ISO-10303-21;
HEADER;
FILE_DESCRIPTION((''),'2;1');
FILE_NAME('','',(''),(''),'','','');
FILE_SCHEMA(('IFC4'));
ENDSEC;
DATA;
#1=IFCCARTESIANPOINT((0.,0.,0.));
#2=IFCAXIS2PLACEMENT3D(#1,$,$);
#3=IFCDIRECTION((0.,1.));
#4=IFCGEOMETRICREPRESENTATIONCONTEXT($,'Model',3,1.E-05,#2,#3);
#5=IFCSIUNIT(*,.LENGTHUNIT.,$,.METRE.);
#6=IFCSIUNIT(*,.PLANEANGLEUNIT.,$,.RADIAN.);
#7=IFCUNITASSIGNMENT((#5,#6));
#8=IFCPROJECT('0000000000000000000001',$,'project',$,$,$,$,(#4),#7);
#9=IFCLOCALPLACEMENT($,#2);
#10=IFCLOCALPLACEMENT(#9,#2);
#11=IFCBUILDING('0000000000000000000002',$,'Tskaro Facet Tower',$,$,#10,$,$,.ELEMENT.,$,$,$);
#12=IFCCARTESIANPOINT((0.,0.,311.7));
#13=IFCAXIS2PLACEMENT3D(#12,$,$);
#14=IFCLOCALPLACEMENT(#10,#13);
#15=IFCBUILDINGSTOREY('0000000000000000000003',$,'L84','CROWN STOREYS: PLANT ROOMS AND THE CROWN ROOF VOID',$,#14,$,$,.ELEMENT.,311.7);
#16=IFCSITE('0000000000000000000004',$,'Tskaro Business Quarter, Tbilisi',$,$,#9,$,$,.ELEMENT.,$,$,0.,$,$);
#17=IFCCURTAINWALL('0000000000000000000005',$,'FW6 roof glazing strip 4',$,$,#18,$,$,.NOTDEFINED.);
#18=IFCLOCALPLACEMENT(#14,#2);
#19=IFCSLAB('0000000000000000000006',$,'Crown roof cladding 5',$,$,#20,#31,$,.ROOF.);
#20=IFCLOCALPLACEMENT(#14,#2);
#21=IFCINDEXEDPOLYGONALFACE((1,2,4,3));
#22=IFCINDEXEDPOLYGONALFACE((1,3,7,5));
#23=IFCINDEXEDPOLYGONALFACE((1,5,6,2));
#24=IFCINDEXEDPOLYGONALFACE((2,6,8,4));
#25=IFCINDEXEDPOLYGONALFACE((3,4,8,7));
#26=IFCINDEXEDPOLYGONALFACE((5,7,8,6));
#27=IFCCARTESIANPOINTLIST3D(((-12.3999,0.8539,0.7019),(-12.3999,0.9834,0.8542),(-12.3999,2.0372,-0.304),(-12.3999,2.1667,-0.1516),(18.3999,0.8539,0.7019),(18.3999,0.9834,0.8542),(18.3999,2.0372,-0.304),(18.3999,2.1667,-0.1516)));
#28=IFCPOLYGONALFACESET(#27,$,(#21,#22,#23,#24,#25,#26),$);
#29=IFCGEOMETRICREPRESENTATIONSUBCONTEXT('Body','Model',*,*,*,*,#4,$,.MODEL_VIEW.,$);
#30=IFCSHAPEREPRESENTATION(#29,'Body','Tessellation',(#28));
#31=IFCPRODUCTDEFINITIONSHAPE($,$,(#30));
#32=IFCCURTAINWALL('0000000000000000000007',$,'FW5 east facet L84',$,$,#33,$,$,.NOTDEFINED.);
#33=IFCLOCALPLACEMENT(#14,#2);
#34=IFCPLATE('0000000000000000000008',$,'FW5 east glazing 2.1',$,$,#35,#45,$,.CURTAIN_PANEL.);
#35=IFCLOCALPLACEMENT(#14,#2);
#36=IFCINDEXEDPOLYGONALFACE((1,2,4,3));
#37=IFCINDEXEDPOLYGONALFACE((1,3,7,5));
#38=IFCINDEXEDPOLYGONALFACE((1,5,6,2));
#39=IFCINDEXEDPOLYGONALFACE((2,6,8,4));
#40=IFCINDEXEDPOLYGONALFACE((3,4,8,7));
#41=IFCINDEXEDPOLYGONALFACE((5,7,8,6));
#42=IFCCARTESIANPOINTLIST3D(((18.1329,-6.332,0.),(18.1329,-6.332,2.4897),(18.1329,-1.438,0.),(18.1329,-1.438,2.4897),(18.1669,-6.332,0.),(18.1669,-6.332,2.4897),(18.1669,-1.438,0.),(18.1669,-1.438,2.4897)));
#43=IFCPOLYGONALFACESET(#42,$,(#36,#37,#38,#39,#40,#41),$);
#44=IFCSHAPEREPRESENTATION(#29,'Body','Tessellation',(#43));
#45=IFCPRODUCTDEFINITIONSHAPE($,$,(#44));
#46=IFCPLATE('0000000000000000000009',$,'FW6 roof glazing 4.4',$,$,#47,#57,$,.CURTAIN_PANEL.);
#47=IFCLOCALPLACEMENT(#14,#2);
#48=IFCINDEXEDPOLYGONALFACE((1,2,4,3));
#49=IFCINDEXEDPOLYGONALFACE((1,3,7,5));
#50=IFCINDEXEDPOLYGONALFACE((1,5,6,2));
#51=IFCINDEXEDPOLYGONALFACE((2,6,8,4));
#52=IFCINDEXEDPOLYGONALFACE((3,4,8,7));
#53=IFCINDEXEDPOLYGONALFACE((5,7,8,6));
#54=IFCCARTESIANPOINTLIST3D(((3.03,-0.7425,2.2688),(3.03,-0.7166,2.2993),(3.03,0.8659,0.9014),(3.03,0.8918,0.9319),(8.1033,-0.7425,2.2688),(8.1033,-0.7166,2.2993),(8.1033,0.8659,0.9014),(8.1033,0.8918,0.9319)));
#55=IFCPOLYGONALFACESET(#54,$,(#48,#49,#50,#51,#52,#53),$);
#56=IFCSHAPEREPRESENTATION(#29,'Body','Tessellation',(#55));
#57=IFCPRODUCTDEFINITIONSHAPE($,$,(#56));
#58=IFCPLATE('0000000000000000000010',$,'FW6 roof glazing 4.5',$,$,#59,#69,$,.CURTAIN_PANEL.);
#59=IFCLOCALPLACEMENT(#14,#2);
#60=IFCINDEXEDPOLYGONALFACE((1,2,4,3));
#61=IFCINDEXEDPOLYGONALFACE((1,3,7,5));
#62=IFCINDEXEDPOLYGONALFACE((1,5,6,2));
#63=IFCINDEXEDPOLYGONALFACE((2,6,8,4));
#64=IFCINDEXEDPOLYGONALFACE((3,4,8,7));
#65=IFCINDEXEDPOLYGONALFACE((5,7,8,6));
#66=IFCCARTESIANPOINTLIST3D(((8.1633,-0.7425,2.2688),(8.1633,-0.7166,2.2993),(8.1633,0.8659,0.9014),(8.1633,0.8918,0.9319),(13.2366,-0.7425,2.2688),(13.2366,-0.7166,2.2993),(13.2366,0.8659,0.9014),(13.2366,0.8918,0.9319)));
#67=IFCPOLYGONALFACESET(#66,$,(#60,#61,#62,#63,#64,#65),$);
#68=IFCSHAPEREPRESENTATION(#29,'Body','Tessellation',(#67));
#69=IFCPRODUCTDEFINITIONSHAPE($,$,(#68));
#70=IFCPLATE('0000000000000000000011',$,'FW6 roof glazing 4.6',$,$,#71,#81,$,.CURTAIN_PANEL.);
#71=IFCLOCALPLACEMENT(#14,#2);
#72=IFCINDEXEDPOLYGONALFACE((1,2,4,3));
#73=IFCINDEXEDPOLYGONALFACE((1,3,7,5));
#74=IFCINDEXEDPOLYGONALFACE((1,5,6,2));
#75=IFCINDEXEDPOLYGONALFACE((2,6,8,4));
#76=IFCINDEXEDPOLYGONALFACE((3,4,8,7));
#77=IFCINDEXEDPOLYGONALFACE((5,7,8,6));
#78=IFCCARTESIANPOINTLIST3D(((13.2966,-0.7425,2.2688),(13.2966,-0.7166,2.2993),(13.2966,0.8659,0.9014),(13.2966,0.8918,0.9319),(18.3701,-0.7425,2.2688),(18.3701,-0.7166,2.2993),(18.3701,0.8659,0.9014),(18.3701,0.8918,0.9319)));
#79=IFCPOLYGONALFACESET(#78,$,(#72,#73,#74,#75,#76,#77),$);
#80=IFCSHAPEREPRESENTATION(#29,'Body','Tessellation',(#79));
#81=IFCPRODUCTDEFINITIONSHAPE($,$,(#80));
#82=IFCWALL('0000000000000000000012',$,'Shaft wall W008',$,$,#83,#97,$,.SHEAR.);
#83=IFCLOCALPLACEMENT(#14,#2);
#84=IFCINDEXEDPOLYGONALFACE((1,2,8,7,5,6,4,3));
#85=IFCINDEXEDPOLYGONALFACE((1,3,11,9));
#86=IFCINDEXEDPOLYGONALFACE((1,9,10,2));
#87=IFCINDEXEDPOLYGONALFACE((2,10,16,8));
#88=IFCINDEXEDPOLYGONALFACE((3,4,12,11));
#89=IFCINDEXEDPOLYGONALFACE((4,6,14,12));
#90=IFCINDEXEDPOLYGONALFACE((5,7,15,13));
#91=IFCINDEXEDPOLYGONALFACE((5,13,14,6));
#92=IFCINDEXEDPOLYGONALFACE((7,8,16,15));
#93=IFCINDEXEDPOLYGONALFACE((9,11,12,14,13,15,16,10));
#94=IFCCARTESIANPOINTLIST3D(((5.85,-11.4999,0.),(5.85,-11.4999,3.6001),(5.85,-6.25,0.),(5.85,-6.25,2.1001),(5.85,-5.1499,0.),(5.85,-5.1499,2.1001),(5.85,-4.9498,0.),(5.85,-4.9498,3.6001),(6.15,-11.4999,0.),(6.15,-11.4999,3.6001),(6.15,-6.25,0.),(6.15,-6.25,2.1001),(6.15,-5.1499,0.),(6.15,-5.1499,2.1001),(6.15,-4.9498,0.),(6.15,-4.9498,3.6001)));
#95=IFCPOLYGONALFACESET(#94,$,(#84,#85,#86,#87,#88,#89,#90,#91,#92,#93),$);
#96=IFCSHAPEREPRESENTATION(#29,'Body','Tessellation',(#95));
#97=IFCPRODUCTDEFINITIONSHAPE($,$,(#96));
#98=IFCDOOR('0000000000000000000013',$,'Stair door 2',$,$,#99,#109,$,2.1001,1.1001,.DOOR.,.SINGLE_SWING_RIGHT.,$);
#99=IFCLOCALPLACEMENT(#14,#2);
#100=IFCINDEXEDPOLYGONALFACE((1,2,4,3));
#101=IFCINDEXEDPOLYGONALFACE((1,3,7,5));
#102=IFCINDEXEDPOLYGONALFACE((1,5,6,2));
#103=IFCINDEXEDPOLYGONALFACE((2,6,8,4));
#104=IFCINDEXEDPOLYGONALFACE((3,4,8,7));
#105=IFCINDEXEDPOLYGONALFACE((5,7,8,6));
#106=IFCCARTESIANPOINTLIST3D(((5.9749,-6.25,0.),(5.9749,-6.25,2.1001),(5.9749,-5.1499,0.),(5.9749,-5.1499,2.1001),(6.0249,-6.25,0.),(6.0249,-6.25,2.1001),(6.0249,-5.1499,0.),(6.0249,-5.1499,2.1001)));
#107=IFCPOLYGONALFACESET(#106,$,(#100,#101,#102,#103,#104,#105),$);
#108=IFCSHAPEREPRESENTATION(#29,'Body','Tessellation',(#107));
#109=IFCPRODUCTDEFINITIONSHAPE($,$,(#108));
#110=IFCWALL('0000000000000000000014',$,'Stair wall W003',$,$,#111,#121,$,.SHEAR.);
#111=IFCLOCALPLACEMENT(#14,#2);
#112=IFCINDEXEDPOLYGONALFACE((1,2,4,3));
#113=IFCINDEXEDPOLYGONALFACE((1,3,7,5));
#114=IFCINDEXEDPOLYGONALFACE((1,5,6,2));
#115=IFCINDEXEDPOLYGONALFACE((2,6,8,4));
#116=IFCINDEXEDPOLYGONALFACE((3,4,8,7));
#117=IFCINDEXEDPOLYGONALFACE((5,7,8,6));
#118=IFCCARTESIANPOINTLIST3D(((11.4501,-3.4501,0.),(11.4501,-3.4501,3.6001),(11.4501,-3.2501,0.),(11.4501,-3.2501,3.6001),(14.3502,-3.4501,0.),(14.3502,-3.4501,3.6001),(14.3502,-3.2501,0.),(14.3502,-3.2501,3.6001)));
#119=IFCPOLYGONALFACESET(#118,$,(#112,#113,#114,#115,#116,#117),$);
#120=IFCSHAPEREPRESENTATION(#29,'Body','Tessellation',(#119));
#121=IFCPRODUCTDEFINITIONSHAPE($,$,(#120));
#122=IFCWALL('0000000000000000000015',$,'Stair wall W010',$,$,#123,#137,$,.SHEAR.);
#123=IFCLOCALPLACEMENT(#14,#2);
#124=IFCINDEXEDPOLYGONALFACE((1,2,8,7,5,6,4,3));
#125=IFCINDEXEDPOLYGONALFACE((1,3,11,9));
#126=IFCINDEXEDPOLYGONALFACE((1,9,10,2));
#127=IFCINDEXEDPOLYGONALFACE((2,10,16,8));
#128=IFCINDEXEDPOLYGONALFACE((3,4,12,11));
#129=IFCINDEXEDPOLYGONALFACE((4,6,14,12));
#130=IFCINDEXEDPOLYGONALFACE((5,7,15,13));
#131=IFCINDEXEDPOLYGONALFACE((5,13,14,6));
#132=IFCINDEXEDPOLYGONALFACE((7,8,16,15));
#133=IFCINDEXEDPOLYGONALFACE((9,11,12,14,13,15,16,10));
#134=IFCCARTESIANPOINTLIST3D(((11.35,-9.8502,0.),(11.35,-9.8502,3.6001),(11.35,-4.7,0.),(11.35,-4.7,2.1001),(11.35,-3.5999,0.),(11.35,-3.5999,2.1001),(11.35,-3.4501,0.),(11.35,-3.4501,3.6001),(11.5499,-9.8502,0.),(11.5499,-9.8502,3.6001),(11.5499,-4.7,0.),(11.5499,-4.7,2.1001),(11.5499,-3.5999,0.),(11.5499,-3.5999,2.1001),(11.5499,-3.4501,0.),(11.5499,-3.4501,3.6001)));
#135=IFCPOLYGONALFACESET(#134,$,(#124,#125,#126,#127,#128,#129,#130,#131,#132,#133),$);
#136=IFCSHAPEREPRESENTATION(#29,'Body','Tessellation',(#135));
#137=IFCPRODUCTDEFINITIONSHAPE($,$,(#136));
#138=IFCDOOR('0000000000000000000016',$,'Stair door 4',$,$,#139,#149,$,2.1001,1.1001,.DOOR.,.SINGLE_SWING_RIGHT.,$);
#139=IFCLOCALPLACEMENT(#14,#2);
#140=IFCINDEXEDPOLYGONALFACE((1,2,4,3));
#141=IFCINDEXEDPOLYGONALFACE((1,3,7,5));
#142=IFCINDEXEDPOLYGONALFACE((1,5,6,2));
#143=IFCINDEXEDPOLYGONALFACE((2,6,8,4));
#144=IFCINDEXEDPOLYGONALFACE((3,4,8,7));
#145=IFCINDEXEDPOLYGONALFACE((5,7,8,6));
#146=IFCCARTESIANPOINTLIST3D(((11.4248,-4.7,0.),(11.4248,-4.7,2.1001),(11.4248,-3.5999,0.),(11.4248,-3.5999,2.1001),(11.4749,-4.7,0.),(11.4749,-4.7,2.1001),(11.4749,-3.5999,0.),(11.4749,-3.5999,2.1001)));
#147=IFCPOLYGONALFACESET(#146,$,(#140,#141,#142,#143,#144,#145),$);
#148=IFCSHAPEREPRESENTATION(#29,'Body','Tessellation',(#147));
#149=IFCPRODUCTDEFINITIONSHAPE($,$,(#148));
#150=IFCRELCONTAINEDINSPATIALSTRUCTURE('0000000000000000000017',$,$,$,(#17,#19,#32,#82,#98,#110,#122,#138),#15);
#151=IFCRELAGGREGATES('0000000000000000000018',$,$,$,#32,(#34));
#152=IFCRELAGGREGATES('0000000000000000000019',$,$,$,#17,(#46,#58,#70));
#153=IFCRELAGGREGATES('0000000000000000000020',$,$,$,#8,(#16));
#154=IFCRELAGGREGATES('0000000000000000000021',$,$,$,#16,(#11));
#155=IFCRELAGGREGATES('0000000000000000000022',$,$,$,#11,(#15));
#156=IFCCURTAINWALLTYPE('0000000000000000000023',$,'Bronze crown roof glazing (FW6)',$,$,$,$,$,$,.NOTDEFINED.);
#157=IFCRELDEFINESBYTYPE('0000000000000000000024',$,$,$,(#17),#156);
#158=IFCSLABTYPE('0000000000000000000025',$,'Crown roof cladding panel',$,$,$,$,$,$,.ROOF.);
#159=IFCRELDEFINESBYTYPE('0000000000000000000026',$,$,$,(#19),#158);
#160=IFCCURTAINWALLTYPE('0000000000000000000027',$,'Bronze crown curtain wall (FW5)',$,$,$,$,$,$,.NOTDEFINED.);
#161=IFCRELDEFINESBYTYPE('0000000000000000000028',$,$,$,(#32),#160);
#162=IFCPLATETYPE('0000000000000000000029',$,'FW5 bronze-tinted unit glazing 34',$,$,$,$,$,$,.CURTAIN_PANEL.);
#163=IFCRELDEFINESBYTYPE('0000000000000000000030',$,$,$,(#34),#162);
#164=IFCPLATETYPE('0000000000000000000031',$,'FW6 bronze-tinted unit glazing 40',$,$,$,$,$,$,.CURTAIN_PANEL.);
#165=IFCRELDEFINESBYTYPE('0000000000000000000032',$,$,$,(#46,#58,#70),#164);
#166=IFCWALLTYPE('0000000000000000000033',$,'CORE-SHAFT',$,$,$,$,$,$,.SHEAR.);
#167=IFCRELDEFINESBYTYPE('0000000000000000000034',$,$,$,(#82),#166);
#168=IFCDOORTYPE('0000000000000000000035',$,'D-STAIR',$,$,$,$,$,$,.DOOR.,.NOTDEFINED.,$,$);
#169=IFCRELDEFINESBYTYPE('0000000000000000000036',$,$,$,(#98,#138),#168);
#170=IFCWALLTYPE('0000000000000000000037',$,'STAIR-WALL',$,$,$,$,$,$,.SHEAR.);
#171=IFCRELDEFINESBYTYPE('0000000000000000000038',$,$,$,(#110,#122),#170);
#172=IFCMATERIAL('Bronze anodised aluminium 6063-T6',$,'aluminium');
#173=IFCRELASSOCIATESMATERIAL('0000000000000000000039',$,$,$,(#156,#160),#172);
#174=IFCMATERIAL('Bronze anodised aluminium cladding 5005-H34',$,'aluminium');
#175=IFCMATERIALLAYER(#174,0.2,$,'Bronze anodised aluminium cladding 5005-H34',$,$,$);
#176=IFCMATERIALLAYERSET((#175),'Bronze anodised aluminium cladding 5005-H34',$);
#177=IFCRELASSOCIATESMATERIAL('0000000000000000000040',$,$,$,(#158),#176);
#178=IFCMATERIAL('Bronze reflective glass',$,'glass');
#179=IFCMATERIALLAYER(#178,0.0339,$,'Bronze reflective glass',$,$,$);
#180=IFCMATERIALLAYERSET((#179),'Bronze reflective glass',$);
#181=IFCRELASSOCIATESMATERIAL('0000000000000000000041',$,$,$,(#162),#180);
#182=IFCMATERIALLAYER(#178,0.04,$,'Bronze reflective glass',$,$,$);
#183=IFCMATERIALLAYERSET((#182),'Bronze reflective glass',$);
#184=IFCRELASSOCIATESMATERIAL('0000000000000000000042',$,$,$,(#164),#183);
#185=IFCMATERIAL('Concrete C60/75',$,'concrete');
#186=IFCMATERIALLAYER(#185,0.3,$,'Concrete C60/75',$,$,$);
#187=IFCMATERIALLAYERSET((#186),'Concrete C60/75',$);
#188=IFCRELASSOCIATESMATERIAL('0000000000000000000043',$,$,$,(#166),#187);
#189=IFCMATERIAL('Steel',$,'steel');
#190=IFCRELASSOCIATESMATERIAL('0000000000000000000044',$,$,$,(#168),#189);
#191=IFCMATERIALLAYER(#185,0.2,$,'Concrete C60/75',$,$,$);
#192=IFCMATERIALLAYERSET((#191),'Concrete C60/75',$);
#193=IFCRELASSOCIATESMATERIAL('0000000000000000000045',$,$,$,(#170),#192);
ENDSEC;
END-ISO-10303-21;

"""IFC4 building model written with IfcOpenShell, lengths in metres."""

from ifc_helpers import new_model, si_unit, direction, frame, frame_2d, origin, origin_2d, place, context, subcontext, project, spatial, polyline, rectangle, outline, extrude, material, layer, layer_set, type_object, element, fill, aggregate, save


model = new_model("IFC4")

# Units and contexts
model_context = context("Model", 3, precision=1e-05, world=origin(), true_north=direction((0.0, 1.0)))
body_context = subcontext(model_context, "Body", "Model", "MODEL_VIEW")
ifc_project = project(units=[si_unit("LENGTHUNIT", "METRE"), si_unit("PLANEANGLEUNIT", "RADIAN")], contexts=[model_context])

# Site, building, storey
site_placement = place(None, origin())
site = spatial("IfcSite", under=ifc_project, at=site_placement, Name="Tskaro Business Quarter, Tbilisi", CompositionType="ELEMENT", RefElevation=0.0)
building_placement = place(site_placement, origin())
building = spatial("IfcBuilding", under=site, at=building_placement, Name="Tskaro Facet Tower", CompositionType="ELEMENT")
storey_placement = place(building_placement, frame((0.0, 0.0, 311.7)))
storey = spatial("IfcBuildingStorey", under=building, at=storey_placement, Name="L84", Description="CROWN STOREYS: PLANT ROOMS AND THE CROWN ROOF VOID", CompositionType="ELEMENT", Elevation=311.7)

# Curtain wall
ifc_material_1 = material(Name="Bronze anodised aluminium 6063-T6", Category="aluminium")
curtain_wall_type_1 = type_object("IfcCurtainWallType", Name="Bronze crown roof glazing (FW6)", PredefinedType="NOTDEFINED", material=ifc_material_1)
curtain_wall_1_placement = place(storey_placement, origin())
curtain_wall_1 = element("IfcCurtainWall", 1, at=curtain_wall_1_placement, inside=storey, type_object=curtain_wall_type_1, Name="FW6 roof glazing strip 4", PredefinedType="NOTDEFINED")

# Shared definitions
ifc_material_2 = material(Name="Bronze anodised aluminium cladding 5005-H34", Category="aluminium")

# Slab
ifc_layer_1 = layer(ifc_material_2, 0.2, Name="Bronze anodised aluminium cladding 5005-H34")
ifc_layer_set_1 = layer_set([ifc_layer_1], Name="Bronze anodised aluminium cladding 5005-H34")
slab_type = type_object("IfcSlabType", Name="Crown roof cladding panel", PredefinedType="ROOF", material=ifc_layer_set_1)
slab_1_placement = place(storey_placement, frame((18.3999, 0.9834, 0.8542), z_axis=(0.0, 0.647653, 0.761935), x_axis=(-1.0, 0.0, 0.0)))
element("IfcSlab", 2, at=slab_1_placement, inside=storey, type_object=slab_type, Name="Crown roof cladding 5", PredefinedType="ROOF", context=body_context, shape_type="SweptSolid", body=[
    extrude(outline(polyline([(0.0, 0.0), (30.7998, 0.0), (30.7998, -1.5531), (0.0, -1.5531), (0.0, 0.0)])), origin(), (0.0, 0.0, -1.0), 0.2),
])

# Curtain wall, plate
curtain_wall_type_2 = type_object("IfcCurtainWallType", Name="Bronze crown curtain wall (FW5)", PredefinedType="NOTDEFINED", material=ifc_material_1)
curtain_wall_2_placement = place(storey_placement, origin())
curtain_wall_2 = element("IfcCurtainWall", 3, at=curtain_wall_2_placement, inside=storey, type_object=curtain_wall_type_2, Name="FW5 east facet L84", PredefinedType="NOTDEFINED")
ifc_material_3 = material(Name="Bronze reflective glass", Category="glass")
ifc_layer_2 = layer(ifc_material_3, 0.0339, Name="Bronze reflective glass")
ifc_layer_set_2 = layer_set([ifc_layer_2], Name="Bronze reflective glass")
plate_type_1 = type_object("IfcPlateType", Name="FW5 bronze-tinted unit glazing 34", PredefinedType="CURTAIN_PANEL", material=ifc_layer_set_2)
plate_1_placement = place(storey_placement, frame((18.1499, -3.885, 0.0), z_axis=(0.0, 0.0, 1.0), x_axis=(0.0, 1.0, 0.0)))
plate_1 = element("IfcPlate", 4, at=plate_1_placement, type_object=plate_type_1, Name="FW5 east glazing 2.1", PredefinedType="CURTAIN_PANEL", context=body_context, shape_type="SweptSolid", body=[
    extrude(rectangle(XDim=4.894, YDim=0.0339, at=origin_2d()), origin(), (0.0, 0.0, 1.0), 2.4897),
])
aggregate(curtain_wall_2, [plate_1])

# Plates
ifc_layer_3 = layer(ifc_material_3, 0.04, Name="Bronze reflective glass")
ifc_layer_set_3 = layer_set([ifc_layer_3], Name="Bronze reflective glass")
plate_type_2 = type_object("IfcPlateType", Name="FW6 bronze-tinted unit glazing 40", PredefinedType="CURTAIN_PANEL", material=ifc_layer_set_3)
plate_2_placement = place(storey_placement, frame((3.03, -0.7166, 2.2993), z_axis=(0.0, 0.647729, 0.761871), x_axis=(1.0, 0.0, 0.0)))
plate_2 = element("IfcPlate", 5, at=plate_2_placement, type_object=plate_type_2, Name="FW6 roof glazing 4.4", PredefinedType="CURTAIN_PANEL", context=body_context, shape_type="SweptSolid", body=[
    extrude(outline(polyline([(0.0, 0.0), (5.0732, 0.0), (5.0732, 2.1111), (0.0, 2.1111), (0.0, 0.0)])), origin(), (0.0, 0.0, -1.0), 0.04),
])
plate_3_placement = place(storey_placement, frame((8.1633, -0.7166, 2.2993), z_axis=(0.0, 0.647729, 0.761871), x_axis=(1.0, 0.0, 0.0)))
plate_3 = element("IfcPlate", 6, at=plate_3_placement, type_object=plate_type_2, Name="FW6 roof glazing 4.5", PredefinedType="CURTAIN_PANEL", context=body_context, shape_type="SweptSolid", body=[
    extrude(outline(polyline([(0.0, 0.0), (5.0732, 0.0), (5.0732, 2.1111), (0.0, 2.1111), (0.0, 0.0)])), origin(), (0.0, 0.0, -1.0), 0.04),
])
plate_4_placement = place(storey_placement, frame((13.2966, -0.7166, 2.2993), z_axis=(0.0, 0.647729, 0.761871), x_axis=(1.0, 0.0, 0.0)))
plate_4 = element("IfcPlate", 7, at=plate_4_placement, type_object=plate_type_2, Name="FW6 roof glazing 4.6", PredefinedType="CURTAIN_PANEL", context=body_context, shape_type="SweptSolid", body=[
    extrude(outline(polyline([(0.0, 0.0), (5.0735, 0.0), (5.0735, 2.1111), (0.0, 2.1111), (0.0, 0.0)])), origin(), (0.0, 0.0, -1.0), 0.04),
])
aggregate(curtain_wall_1, [plate_2, plate_3, plate_4])

# Wall, opening, door
ifc_material_4 = material(Name="Concrete C60/75", Category="concrete")
ifc_layer_4 = layer(ifc_material_4, 0.3, Name="Concrete C60/75")
ifc_layer_set_4 = layer_set([ifc_layer_4], Name="Concrete C60/75")
wall_type_1 = type_object("IfcWallType", Name="CORE-SHAFT", PredefinedType="SHEAR", material=ifc_layer_set_4)
wall_1_placement = place(storey_placement, frame((6.0, -4.95, 0.0), z_axis=(0.0, 0.0, 1.0), x_axis=(0.0, -1.0, 0.0)))
wall_1 = element("IfcWall", 8, at=wall_1_placement, inside=storey, type_object=wall_type_1, Name="Shaft wall W008", PredefinedType="SHEAR", context=body_context, shape_type="SweptSolid", body=[
    extrude(rectangle(XDim=6.55, YDim=0.3, at=frame_2d((3.2749, 0.0))), origin(), (0.0, 0.0, 1.0), 3.6001),
])
opening_1_placement = place(wall_1_placement, frame((0.2, 0.0, 0.0)))
opening_1 = element("IfcOpeningElement", 9, at=opening_1_placement, cuts=wall_1, PredefinedType="OPENING", context=body_context, shape_type="SweptSolid", body=[
    extrude(rectangle(XDim=1.1001, YDim=2.1001, at=frame_2d((0.55, 1.05))), frame((0.0, 0.1599, 0.0), z_axis=(0.0, -1.0, 0.0), x_axis=(1.0, 0.0, 0.0)), (0.0, 0.0, 1.0), 0.3201),
])
ifc_material_5 = material(Name="Steel", Category="steel")
door_type = type_object("IfcDoorType", Name="D-STAIR", OperationType="NOTDEFINED", PredefinedType="DOOR", material=ifc_material_5)
door_1_placement = place(opening_1_placement, origin())
door_1 = element("IfcDoor", 10, at=door_1_placement, inside=storey, type_object=door_type, Name="Stair door 2", OperationType="SINGLE_SWING_RIGHT", OverallHeight=2.1001, OverallWidth=1.1001, PredefinedType="DOOR", context=body_context, shape_type="SweptSolid", body=[
    extrude(rectangle(XDim=1.1001, YDim=2.1001, at=frame_2d((0.55, 1.05))), frame((0.0, 0.0249, 0.0), z_axis=(0.0, -1.0, 0.0), x_axis=(1.0, 0.0, 0.0)), (0.0, 0.0, 1.0), 0.05),
])
fill(opening_1, door_1)

# Wall
ifc_layer_5 = layer(ifc_material_4, 0.2, Name="Concrete C60/75")
ifc_layer_set_5 = layer_set([ifc_layer_5], Name="Concrete C60/75")
wall_type_2 = type_object("IfcWallType", Name="STAIR-WALL", PredefinedType="SHEAR", material=ifc_layer_set_5)
wall_2_placement = place(storey_placement, frame((11.45, -3.3501, 0.0), z_axis=(0.0, 0.0, 1.0), x_axis=(1.0, 0.0, 0.0)))
element("IfcWall", 11, at=wall_2_placement, inside=storey, type_object=wall_type_2, Name="Stair wall W003", PredefinedType="SHEAR", context=body_context, shape_type="SweptSolid", body=[
    extrude(rectangle(XDim=2.9001, YDim=0.2, at=frame_2d((1.4502, 0.0))), origin(), (0.0, 0.0, 1.0), 3.6001),
])

# Wall, opening, door
wall_3_placement = place(storey_placement, frame((11.45, -3.45, 0.0), z_axis=(0.0, 0.0, 1.0), x_axis=(0.0, -1.0, 0.0)))
wall_3 = element("IfcWall", 12, at=wall_3_placement, inside=storey, type_object=wall_type_2, Name="Stair wall W010", PredefinedType="SHEAR", context=body_context, shape_type="SweptSolid", body=[
    extrude(rectangle(XDim=6.4001, YDim=0.2, at=frame_2d((3.2002, 0.0))), origin(), (0.0, 0.0, 1.0), 3.6001),
])
opening_2_placement = place(wall_3_placement, frame((0.1499, 0.0, 0.0)))
opening_2 = element("IfcOpeningElement", 13, at=opening_2_placement, cuts=wall_3, PredefinedType="OPENING", context=body_context, shape_type="SweptSolid", body=[
    extrude(rectangle(XDim=1.1001, YDim=2.1001, at=frame_2d((0.55, 1.05))), frame((0.0, 0.1099, 0.0), z_axis=(0.0, -1.0, 0.0), x_axis=(1.0, 0.0, 0.0)), (0.0, 0.0, 1.0), 0.22),
])
door_2_placement = place(opening_2_placement, origin())
door_2 = element("IfcDoor", 14, at=door_2_placement, inside=storey, type_object=door_type, Name="Stair door 4", OperationType="SINGLE_SWING_RIGHT", OverallHeight=2.1001, OverallWidth=1.1001, PredefinedType="DOOR", context=body_context, shape_type="SweptSolid", body=[
    extrude(rectangle(XDim=1.1001, YDim=2.1001, at=frame_2d((0.55, 1.05))), frame((0.0, 0.0249, 0.0), z_axis=(0.0, -1.0, 0.0), x_axis=(1.0, 0.0, 0.0)), (0.0, 0.0, 1.0), 0.05),
])
fill(opening_2, door_2)

save(model, "model.ifc")
